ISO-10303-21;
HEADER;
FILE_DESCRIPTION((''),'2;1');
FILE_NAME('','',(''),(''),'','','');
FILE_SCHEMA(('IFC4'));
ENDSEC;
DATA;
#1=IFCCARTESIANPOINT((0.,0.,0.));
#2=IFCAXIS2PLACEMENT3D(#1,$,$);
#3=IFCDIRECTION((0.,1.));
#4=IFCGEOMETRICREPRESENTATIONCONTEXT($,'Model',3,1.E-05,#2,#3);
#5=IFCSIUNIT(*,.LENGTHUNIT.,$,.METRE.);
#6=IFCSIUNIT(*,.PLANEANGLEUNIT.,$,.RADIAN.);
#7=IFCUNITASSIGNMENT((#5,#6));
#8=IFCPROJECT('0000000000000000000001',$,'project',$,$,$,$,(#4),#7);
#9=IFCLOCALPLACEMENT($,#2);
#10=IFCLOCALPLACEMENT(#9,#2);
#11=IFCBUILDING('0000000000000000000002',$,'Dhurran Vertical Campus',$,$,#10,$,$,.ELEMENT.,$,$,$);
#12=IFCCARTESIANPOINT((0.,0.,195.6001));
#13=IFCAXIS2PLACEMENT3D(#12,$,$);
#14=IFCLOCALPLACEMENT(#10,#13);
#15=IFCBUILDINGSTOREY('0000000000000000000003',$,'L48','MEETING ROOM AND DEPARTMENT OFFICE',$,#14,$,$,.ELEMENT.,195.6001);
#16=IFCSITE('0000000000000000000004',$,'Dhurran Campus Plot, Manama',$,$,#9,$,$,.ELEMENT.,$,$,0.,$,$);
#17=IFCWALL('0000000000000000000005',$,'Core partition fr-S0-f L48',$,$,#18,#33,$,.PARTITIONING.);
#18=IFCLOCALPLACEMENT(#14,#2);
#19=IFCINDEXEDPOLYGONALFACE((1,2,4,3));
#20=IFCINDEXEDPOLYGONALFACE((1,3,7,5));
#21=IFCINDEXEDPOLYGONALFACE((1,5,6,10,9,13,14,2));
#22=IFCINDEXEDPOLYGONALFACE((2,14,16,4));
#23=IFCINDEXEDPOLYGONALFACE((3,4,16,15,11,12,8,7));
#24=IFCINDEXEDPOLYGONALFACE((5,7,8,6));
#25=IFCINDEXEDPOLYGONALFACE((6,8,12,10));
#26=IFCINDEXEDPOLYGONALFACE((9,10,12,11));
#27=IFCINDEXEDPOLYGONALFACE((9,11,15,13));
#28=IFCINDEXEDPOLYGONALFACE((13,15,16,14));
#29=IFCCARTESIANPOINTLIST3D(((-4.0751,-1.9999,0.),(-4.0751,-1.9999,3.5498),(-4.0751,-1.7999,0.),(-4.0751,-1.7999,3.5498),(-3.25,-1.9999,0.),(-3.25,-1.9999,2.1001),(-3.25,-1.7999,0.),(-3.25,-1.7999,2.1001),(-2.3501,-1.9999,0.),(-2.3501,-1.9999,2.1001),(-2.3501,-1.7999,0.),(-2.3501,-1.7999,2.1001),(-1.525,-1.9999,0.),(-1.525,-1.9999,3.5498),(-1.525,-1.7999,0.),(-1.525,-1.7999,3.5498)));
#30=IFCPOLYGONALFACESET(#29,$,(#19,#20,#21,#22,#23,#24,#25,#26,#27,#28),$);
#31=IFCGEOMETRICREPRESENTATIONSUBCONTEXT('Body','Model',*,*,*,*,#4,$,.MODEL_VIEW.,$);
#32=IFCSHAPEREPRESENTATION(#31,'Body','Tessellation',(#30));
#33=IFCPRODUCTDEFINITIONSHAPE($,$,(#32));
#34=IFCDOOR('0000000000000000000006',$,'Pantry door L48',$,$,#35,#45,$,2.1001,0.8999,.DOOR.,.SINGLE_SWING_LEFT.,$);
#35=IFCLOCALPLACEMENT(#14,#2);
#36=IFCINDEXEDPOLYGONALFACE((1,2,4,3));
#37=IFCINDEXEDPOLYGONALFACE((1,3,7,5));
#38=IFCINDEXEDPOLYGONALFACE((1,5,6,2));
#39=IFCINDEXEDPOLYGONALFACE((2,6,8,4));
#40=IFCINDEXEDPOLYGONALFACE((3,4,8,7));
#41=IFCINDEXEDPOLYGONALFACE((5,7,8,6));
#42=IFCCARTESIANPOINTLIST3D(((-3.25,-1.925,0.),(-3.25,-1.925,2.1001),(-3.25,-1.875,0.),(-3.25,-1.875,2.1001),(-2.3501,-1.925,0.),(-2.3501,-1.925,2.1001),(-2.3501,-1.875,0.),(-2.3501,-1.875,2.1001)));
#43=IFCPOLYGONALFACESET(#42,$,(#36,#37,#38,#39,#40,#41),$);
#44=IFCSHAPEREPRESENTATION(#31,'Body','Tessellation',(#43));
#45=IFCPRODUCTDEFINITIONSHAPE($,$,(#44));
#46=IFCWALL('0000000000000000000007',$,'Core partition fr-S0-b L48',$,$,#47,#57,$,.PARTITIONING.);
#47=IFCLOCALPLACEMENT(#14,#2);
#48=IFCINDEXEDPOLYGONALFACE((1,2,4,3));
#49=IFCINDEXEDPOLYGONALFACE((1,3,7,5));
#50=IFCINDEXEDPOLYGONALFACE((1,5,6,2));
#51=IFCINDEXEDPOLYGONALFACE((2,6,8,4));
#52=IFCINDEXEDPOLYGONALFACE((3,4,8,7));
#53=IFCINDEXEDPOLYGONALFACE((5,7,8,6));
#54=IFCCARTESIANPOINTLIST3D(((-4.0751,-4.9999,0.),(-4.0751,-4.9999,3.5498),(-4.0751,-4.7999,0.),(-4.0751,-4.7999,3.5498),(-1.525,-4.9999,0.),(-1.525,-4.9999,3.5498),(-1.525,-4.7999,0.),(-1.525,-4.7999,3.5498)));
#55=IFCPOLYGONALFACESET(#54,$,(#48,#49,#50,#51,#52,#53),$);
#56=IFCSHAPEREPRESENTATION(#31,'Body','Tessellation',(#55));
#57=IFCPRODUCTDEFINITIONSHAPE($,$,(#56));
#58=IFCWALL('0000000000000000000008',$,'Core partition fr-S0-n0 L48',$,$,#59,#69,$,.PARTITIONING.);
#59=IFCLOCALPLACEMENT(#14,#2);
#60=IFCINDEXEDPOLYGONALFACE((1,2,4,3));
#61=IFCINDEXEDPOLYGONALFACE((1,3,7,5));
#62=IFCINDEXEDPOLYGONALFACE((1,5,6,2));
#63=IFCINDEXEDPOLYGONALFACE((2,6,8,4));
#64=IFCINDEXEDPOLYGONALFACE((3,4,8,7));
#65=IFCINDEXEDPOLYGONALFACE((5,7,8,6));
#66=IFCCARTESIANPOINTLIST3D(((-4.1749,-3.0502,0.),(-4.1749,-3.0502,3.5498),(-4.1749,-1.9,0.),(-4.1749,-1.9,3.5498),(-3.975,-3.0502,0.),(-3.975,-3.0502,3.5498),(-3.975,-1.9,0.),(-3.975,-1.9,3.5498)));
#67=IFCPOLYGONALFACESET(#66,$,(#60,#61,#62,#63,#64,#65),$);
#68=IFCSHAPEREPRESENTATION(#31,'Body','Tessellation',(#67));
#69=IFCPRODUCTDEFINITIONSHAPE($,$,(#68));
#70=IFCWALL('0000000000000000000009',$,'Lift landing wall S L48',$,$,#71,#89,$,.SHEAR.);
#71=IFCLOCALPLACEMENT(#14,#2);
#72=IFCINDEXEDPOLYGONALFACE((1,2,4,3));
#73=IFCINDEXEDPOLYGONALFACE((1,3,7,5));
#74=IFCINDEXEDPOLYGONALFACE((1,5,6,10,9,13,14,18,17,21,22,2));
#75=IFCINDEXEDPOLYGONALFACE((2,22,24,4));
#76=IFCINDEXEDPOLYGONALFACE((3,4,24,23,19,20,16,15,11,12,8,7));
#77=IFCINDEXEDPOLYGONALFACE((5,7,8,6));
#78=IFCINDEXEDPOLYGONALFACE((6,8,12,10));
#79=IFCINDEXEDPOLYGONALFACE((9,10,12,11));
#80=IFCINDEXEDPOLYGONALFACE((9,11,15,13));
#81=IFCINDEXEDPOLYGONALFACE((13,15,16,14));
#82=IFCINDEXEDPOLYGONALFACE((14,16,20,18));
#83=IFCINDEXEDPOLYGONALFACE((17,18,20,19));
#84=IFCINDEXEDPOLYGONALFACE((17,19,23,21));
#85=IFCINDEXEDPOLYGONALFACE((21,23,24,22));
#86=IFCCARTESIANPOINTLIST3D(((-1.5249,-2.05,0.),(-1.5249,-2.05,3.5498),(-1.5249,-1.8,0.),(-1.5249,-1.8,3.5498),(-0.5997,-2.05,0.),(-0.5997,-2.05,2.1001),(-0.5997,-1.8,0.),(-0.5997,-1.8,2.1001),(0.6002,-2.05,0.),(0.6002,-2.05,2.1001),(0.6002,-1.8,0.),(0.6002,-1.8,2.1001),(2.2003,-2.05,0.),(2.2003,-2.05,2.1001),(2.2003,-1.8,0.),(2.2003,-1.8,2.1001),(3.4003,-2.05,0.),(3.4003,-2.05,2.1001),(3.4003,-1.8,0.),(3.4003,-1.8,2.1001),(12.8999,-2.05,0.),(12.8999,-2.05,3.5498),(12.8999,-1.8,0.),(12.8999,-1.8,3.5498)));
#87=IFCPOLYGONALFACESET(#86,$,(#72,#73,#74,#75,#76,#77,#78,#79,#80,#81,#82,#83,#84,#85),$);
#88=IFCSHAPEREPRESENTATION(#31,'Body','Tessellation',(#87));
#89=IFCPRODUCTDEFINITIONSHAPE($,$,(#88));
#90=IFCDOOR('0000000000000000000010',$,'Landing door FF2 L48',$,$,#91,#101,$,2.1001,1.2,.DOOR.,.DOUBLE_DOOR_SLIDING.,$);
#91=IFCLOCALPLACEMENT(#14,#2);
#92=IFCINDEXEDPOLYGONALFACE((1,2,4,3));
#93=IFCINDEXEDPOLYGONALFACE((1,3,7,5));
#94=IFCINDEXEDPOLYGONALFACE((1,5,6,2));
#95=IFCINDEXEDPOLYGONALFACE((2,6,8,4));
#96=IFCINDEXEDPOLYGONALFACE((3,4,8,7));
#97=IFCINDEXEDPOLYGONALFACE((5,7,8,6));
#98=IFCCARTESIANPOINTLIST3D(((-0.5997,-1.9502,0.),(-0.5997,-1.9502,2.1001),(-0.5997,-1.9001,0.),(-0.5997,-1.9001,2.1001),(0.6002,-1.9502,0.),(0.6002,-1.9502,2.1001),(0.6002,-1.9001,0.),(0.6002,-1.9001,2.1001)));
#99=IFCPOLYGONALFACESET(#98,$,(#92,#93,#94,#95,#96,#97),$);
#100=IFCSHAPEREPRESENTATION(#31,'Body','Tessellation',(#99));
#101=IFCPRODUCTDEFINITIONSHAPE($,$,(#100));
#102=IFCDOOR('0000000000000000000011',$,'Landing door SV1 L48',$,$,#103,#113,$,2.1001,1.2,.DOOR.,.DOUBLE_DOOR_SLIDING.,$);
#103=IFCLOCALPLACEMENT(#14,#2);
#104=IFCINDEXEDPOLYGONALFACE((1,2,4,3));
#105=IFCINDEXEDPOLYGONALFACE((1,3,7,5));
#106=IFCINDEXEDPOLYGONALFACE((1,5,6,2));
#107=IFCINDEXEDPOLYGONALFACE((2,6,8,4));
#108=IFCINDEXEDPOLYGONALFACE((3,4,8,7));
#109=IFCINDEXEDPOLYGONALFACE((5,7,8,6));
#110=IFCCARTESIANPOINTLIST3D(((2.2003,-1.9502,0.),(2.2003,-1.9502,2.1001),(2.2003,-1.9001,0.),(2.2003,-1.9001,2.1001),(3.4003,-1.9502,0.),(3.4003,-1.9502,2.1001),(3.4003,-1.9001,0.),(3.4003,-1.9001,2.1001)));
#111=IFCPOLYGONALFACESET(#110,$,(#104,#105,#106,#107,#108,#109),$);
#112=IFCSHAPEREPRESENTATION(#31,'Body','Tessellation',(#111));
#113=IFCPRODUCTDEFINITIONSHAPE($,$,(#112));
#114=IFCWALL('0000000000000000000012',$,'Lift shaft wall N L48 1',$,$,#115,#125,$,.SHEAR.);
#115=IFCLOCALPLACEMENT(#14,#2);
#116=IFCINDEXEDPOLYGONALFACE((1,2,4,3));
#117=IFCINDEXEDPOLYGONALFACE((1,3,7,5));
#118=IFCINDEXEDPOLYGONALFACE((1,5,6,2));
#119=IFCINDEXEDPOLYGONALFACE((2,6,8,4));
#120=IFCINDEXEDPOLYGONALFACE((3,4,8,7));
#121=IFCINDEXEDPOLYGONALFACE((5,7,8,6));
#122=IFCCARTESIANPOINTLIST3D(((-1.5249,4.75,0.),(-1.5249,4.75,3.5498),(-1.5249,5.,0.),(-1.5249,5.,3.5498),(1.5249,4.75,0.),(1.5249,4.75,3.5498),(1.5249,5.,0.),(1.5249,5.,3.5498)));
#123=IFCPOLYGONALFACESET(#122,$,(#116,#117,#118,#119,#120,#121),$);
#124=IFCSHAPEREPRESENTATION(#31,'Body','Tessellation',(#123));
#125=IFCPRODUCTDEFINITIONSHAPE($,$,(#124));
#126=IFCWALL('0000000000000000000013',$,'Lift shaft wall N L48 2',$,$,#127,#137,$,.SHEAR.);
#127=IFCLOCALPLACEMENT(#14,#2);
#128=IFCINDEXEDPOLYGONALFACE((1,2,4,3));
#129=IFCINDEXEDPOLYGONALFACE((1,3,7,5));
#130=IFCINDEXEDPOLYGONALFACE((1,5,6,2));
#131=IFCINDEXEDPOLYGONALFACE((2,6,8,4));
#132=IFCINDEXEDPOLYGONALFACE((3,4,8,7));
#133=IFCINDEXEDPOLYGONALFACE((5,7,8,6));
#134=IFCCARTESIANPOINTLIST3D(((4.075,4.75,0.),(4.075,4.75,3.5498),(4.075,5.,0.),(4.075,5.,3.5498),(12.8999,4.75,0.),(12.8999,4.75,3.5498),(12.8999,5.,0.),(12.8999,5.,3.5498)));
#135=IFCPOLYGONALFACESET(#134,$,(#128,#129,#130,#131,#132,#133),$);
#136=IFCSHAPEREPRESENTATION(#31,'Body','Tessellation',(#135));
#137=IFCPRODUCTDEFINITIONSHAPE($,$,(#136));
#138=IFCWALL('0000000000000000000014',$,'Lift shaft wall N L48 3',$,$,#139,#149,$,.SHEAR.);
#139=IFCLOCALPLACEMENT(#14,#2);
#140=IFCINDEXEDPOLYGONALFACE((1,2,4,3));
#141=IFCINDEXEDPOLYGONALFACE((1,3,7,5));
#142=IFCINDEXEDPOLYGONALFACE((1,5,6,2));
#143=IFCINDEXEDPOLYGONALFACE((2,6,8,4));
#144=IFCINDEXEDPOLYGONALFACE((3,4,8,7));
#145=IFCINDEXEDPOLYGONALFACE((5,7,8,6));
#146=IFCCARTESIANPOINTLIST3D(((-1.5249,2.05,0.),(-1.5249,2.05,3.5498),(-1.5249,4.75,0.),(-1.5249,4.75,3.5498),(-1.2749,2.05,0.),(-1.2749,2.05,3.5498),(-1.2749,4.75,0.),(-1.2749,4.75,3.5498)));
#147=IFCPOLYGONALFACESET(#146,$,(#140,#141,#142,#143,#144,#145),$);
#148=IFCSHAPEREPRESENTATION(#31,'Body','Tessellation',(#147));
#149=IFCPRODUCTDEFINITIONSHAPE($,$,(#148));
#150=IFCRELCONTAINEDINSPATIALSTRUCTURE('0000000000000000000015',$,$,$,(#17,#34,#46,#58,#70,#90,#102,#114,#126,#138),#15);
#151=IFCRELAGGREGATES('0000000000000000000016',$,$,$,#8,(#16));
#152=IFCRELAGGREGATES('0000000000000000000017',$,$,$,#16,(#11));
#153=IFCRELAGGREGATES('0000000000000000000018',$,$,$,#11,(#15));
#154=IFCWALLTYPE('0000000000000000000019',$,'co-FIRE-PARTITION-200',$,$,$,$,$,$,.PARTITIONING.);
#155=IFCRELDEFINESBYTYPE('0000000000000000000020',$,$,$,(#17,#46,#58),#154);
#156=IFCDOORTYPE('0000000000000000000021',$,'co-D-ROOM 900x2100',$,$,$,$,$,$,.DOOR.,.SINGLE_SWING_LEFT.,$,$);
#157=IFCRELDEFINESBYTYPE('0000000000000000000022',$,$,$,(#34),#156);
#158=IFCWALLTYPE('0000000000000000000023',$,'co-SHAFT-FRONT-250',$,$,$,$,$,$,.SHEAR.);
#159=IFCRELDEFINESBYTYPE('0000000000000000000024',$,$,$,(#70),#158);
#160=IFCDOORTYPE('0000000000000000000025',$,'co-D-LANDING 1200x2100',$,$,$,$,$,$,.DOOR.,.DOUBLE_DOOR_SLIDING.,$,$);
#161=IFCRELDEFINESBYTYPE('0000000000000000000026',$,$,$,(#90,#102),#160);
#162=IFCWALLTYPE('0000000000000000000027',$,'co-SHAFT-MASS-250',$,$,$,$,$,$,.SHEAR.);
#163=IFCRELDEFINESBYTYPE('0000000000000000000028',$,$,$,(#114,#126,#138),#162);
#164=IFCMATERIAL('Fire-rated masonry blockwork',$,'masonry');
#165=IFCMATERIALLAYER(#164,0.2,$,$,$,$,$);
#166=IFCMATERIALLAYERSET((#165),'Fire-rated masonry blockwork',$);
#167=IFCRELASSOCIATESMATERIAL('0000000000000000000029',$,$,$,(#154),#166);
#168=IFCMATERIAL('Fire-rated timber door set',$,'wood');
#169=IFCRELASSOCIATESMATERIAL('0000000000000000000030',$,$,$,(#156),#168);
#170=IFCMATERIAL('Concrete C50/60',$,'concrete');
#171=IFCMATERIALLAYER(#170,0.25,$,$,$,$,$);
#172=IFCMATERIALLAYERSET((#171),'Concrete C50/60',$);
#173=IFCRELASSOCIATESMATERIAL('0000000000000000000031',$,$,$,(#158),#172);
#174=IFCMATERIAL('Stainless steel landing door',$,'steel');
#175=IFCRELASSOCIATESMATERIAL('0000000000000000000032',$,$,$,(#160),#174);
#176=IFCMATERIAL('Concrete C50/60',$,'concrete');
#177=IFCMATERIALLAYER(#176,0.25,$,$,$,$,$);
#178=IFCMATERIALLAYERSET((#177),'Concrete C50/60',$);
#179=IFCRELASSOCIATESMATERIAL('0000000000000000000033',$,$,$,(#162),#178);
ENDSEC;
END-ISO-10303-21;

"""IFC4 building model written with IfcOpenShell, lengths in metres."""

from ifc_helpers import new_model, si_unit, direction, frame, frame_2d, origin, place, context, subcontext, project, spatial, polyline, rectangle, outline, extrude, material, layer, layer_set, type_object, element, fill, save


model = new_model("IFC4")

# Units and contexts
model_context = context("Model", 3, precision=1e-05, world=origin(), true_north=direction((0.0, 1.0)))
body_context = subcontext(model_context, "Body", "Model", "MODEL_VIEW")
ifc_project = project(units=[si_unit("LENGTHUNIT", "METRE"), si_unit("PLANEANGLEUNIT", "RADIAN")], contexts=[model_context])

# Site, building, storey
site_placement = place(None, origin())
site = spatial("IfcSite", under=ifc_project, at=site_placement, Name="Dhurran Campus Plot, Manama", CompositionType="ELEMENT", RefElevation=0.0)
building_placement = place(site_placement, origin())
building = spatial("IfcBuilding", under=site, at=building_placement, Name="Dhurran Vertical Campus", CompositionType="ELEMENT")
storey_placement = place(building_placement, frame((0.0, 0.0, 195.6001)))
storey = spatial("IfcBuildingStorey", under=building, at=storey_placement, Name="L48", Description="MEETING ROOM AND DEPARTMENT OFFICE", CompositionType="ELEMENT", Elevation=195.6001)

# Shared definitions
ifc_material_1 = material(Name="Fire-rated masonry blockwork", Category="masonry")
ifc_layer_1 = layer(ifc_material_1, 0.2)
ifc_layer_set_1 = layer_set([ifc_layer_1], Name="Fire-rated masonry blockwork")
wall_type_1 = type_object("IfcWallType", Name="co-FIRE-PARTITION-200", PredefinedType="PARTITIONING", material=ifc_layer_set_1)

# Wall, opening, door
ifc_material_2 = material(Name="Fire-rated timber door set", Category="wood")
door_type_1 = type_object("IfcDoorType", Name="co-D-ROOM 900x2100", OperationType="SINGLE_SWING_LEFT", PredefinedType="DOOR", material=ifc_material_2)
wall_1_placement = place(storey_placement, frame((-4.075, -1.8999, 0.0), z_axis=(0.0, 0.0, 1.0), x_axis=(1.0, 0.0, 0.0)))
wall_1 = element("IfcWall", 1, at=wall_1_placement, inside=storey, type_object=wall_type_1, Name="Core partition fr-S0-f L48", PredefinedType="PARTITIONING", context=body_context, shape_type="SweptSolid", body=[
    extrude(rectangle(XDim=2.55, YDim=0.2, at=frame_2d((1.2749, 0.0))), origin(), (0.0, 0.0, 1.0), 3.5498),
])
opening_1_placement = place(wall_1_placement, frame((0.825, 0.0, 0.0)))
opening_1 = element("IfcOpeningElement", 2, at=opening_1_placement, cuts=wall_1, PredefinedType="OPENING", context=body_context, shape_type="SweptSolid", body=[
    extrude(rectangle(XDim=0.8999, YDim=2.1001, at=frame_2d((0.45, 1.05))), frame((0.0, 0.1099, 0.0), z_axis=(0.0, -1.0, 0.0), x_axis=(1.0, 0.0, 0.0)), (0.0, 0.0, 1.0), 0.22),
])
door_1_placement = place(opening_1_placement, origin())
door_1 = element("IfcDoor", 3, at=door_1_placement, inside=storey, type_object=door_type_1, Name="Pantry door L48", OperationType="SINGLE_SWING_LEFT", OverallHeight=2.1001, OverallWidth=0.8999, PredefinedType="DOOR", context=body_context, shape_type="SweptSolid", body=[
    extrude(rectangle(XDim=0.8999, YDim=2.1001, at=frame_2d((0.45, 1.05))), frame((0.0, 0.0249, 0.0), z_axis=(0.0, -1.0, 0.0), x_axis=(1.0, 0.0, 0.0)), (0.0, 0.0, 1.0), 0.05),
])
fill(opening_1, door_1)

# Walls
wall_2_placement = place(storey_placement, frame((-4.075, -4.8999, 0.0), z_axis=(0.0, 0.0, 1.0), x_axis=(1.0, 0.0, 0.0)))
element("IfcWall", 4, at=wall_2_placement, inside=storey, type_object=wall_type_1, Name="Core partition fr-S0-b L48", PredefinedType="PARTITIONING", context=body_context, shape_type="SweptSolid", body=[
    extrude(rectangle(XDim=2.55, YDim=0.2, at=frame_2d((1.2749, 0.0))), origin(), (0.0, 0.0, 1.0), 3.5498),
])
wall_3_placement = place(storey_placement, frame((-4.075, -1.8999, 0.0), z_axis=(0.0, 0.0, 1.0), x_axis=(0.0, -1.0, 0.0)))
element("IfcWall", 5, at=wall_3_placement, inside=storey, type_object=wall_type_1, Name="Core partition fr-S0-n0 L48", PredefinedType="PARTITIONING", context=body_context, shape_type="SweptSolid", body=[
    extrude(rectangle(XDim=1.1501, YDim=0.2, at=frame_2d((0.5752, 0.0))), origin(), (0.0, 0.0, 1.0), 3.5498),
])

# Wall, openings, doors
ifc_material_3 = material(Name="Concrete C50/60", Category="concrete")
ifc_layer_2 = layer(ifc_material_3, 0.25)
ifc_layer_set_2 = layer_set([ifc_layer_2], Name="Concrete C50/60")
wall_type_2 = type_object("IfcWallType", Name="co-SHAFT-FRONT-250", PredefinedType="SHEAR", material=ifc_layer_set_2)
wall_4_placement = place(storey_placement, frame((-1.5249, -1.925, 0.0), z_axis=(0.0, 0.0, 1.0), x_axis=(1.0, 0.0, 0.0)))
wall_4 = element("IfcWall", 6, at=wall_4_placement, inside=storey, type_object=wall_type_2, Name="Lift landing wall S L48", PredefinedType="SHEAR", context=body_context, shape_type="SweptSolid", body=[
    extrude(rectangle(XDim=14.4248, YDim=0.25, at=frame_2d((7.2124, 0.0))), origin(), (0.0, 0.0, 1.0), 3.5498),
])
opening_2_placement = place(wall_4_placement, frame((0.925, 0.0, 0.0)))
opening_2 = element("IfcOpeningElement", 7, at=opening_2_placement, cuts=wall_4, PredefinedType="OPENING", context=body_context, shape_type="SweptSolid", body=[
    extrude(rectangle(XDim=1.2, YDim=2.1001, at=frame_2d((0.6001, 1.05))), frame((0.0, 0.135, 0.0), z_axis=(0.0, -1.0, 0.0), x_axis=(1.0, 0.0, 0.0)), (0.0, 0.0, 1.0), 0.27),
])
opening_3_placement = place(wall_4_placement, frame((3.7251, 0.0, 0.0)))
opening_3 = element("IfcOpeningElement", 8, at=opening_3_placement, cuts=wall_4, PredefinedType="OPENING", context=body_context, shape_type="SweptSolid", body=[
    extrude(rectangle(XDim=1.2, YDim=2.1001, at=frame_2d((0.6001, 1.05))), frame((0.0, 0.135, 0.0), z_axis=(0.0, -1.0, 0.0), x_axis=(1.0, 0.0, 0.0)), (0.0, 0.0, 1.0), 0.27),
])
ifc_material_4 = material(Name="Stainless steel landing door", Category="steel")
door_type_2 = type_object("IfcDoorType", Name="co-D-LANDING 1200x2100", OperationType="DOUBLE_DOOR_SLIDING", PredefinedType="DOOR", material=ifc_material_4)
door_2_placement = place(opening_2_placement, origin())
door_2 = element("IfcDoor", 9, at=door_2_placement, inside=storey, type_object=door_type_2, Name="Landing door FF2 L48", OperationType="DOUBLE_DOOR_SLIDING", OverallHeight=2.1001, OverallWidth=1.2, PredefinedType="DOOR", context=body_context, shape_type="SweptSolid", body=[
    extrude(rectangle(XDim=1.2, YDim=2.1001, at=frame_2d((0.6001, 1.05))), frame((0.0, 0.0249, 0.0), z_axis=(0.0, -1.0, 0.0), x_axis=(1.0, 0.0, 0.0)), (0.0, 0.0, 1.0), 0.05),
])
fill(opening_2, door_2)
door_3_placement = place(opening_3_placement, origin())
door_3 = element("IfcDoor", 10, at=door_3_placement, inside=storey, type_object=door_type_2, Name="Landing door SV1 L48", OperationType="DOUBLE_DOOR_SLIDING", OverallHeight=2.1001, OverallWidth=1.2, PredefinedType="DOOR", context=body_context, shape_type="SweptSolid", body=[
    extrude(rectangle(XDim=1.2, YDim=2.1001, at=frame_2d((0.6001, 1.05))), frame((0.0, 0.0249, 0.0), z_axis=(0.0, -1.0, 0.0), x_axis=(1.0, 0.0, 0.0)), (0.0, 0.0, 1.0), 0.05),
])
fill(opening_3, door_3)

# Walls
ifc_material_5 = material(Name="Concrete C50/60", Category="concrete")
ifc_layer_3 = layer(ifc_material_5, 0.25)
ifc_layer_set_3 = layer_set([ifc_layer_3], Name="Concrete C50/60")
wall_type_3 = type_object("IfcWallType", Name="co-SHAFT-MASS-250", PredefinedType="SHEAR", material=ifc_layer_set_3)
wall_5_placement = place(storey_placement, origin())
element("IfcWall", 11, at=wall_5_placement, inside=storey, type_object=wall_type_3, Name="Lift shaft wall N L48 1", PredefinedType="SHEAR", context=body_context, shape_type="SweptSolid", body=[
    extrude(outline(polyline([(-1.5249, 4.75), (1.5249, 4.75), (1.5249, 5.0), (-1.5249, 5.0), (-1.5249, 4.75)])), origin(), (0.0, 0.0, 1.0), 3.5498),
])
wall_6_placement = place(storey_placement, origin())
element("IfcWall", 12, at=wall_6_placement, inside=storey, type_object=wall_type_3, Name="Lift shaft wall N L48 2", PredefinedType="SHEAR", context=body_context, shape_type="SweptSolid", body=[
    extrude(outline(polyline([(4.075, 4.75), (12.8999, 4.75), (12.8999, 5.0), (4.075, 5.0), (4.075, 4.75)])), origin(), (0.0, 0.0, 1.0), 3.5498),
])
wall_7_placement = place(storey_placement, origin())
element("IfcWall", 13, at=wall_7_placement, inside=storey, type_object=wall_type_3, Name="Lift shaft wall N L48 3", PredefinedType="SHEAR", context=body_context, shape_type="SweptSolid", body=[
    extrude(outline(polyline([(-1.5249, 2.05), (-1.2749, 2.05), (-1.2749, 4.75), (-1.5249, 4.75), (-1.5249, 2.05)])), origin(), (0.0, 0.0, 1.0), 3.5498),
])

save(model, "model.ifc")
